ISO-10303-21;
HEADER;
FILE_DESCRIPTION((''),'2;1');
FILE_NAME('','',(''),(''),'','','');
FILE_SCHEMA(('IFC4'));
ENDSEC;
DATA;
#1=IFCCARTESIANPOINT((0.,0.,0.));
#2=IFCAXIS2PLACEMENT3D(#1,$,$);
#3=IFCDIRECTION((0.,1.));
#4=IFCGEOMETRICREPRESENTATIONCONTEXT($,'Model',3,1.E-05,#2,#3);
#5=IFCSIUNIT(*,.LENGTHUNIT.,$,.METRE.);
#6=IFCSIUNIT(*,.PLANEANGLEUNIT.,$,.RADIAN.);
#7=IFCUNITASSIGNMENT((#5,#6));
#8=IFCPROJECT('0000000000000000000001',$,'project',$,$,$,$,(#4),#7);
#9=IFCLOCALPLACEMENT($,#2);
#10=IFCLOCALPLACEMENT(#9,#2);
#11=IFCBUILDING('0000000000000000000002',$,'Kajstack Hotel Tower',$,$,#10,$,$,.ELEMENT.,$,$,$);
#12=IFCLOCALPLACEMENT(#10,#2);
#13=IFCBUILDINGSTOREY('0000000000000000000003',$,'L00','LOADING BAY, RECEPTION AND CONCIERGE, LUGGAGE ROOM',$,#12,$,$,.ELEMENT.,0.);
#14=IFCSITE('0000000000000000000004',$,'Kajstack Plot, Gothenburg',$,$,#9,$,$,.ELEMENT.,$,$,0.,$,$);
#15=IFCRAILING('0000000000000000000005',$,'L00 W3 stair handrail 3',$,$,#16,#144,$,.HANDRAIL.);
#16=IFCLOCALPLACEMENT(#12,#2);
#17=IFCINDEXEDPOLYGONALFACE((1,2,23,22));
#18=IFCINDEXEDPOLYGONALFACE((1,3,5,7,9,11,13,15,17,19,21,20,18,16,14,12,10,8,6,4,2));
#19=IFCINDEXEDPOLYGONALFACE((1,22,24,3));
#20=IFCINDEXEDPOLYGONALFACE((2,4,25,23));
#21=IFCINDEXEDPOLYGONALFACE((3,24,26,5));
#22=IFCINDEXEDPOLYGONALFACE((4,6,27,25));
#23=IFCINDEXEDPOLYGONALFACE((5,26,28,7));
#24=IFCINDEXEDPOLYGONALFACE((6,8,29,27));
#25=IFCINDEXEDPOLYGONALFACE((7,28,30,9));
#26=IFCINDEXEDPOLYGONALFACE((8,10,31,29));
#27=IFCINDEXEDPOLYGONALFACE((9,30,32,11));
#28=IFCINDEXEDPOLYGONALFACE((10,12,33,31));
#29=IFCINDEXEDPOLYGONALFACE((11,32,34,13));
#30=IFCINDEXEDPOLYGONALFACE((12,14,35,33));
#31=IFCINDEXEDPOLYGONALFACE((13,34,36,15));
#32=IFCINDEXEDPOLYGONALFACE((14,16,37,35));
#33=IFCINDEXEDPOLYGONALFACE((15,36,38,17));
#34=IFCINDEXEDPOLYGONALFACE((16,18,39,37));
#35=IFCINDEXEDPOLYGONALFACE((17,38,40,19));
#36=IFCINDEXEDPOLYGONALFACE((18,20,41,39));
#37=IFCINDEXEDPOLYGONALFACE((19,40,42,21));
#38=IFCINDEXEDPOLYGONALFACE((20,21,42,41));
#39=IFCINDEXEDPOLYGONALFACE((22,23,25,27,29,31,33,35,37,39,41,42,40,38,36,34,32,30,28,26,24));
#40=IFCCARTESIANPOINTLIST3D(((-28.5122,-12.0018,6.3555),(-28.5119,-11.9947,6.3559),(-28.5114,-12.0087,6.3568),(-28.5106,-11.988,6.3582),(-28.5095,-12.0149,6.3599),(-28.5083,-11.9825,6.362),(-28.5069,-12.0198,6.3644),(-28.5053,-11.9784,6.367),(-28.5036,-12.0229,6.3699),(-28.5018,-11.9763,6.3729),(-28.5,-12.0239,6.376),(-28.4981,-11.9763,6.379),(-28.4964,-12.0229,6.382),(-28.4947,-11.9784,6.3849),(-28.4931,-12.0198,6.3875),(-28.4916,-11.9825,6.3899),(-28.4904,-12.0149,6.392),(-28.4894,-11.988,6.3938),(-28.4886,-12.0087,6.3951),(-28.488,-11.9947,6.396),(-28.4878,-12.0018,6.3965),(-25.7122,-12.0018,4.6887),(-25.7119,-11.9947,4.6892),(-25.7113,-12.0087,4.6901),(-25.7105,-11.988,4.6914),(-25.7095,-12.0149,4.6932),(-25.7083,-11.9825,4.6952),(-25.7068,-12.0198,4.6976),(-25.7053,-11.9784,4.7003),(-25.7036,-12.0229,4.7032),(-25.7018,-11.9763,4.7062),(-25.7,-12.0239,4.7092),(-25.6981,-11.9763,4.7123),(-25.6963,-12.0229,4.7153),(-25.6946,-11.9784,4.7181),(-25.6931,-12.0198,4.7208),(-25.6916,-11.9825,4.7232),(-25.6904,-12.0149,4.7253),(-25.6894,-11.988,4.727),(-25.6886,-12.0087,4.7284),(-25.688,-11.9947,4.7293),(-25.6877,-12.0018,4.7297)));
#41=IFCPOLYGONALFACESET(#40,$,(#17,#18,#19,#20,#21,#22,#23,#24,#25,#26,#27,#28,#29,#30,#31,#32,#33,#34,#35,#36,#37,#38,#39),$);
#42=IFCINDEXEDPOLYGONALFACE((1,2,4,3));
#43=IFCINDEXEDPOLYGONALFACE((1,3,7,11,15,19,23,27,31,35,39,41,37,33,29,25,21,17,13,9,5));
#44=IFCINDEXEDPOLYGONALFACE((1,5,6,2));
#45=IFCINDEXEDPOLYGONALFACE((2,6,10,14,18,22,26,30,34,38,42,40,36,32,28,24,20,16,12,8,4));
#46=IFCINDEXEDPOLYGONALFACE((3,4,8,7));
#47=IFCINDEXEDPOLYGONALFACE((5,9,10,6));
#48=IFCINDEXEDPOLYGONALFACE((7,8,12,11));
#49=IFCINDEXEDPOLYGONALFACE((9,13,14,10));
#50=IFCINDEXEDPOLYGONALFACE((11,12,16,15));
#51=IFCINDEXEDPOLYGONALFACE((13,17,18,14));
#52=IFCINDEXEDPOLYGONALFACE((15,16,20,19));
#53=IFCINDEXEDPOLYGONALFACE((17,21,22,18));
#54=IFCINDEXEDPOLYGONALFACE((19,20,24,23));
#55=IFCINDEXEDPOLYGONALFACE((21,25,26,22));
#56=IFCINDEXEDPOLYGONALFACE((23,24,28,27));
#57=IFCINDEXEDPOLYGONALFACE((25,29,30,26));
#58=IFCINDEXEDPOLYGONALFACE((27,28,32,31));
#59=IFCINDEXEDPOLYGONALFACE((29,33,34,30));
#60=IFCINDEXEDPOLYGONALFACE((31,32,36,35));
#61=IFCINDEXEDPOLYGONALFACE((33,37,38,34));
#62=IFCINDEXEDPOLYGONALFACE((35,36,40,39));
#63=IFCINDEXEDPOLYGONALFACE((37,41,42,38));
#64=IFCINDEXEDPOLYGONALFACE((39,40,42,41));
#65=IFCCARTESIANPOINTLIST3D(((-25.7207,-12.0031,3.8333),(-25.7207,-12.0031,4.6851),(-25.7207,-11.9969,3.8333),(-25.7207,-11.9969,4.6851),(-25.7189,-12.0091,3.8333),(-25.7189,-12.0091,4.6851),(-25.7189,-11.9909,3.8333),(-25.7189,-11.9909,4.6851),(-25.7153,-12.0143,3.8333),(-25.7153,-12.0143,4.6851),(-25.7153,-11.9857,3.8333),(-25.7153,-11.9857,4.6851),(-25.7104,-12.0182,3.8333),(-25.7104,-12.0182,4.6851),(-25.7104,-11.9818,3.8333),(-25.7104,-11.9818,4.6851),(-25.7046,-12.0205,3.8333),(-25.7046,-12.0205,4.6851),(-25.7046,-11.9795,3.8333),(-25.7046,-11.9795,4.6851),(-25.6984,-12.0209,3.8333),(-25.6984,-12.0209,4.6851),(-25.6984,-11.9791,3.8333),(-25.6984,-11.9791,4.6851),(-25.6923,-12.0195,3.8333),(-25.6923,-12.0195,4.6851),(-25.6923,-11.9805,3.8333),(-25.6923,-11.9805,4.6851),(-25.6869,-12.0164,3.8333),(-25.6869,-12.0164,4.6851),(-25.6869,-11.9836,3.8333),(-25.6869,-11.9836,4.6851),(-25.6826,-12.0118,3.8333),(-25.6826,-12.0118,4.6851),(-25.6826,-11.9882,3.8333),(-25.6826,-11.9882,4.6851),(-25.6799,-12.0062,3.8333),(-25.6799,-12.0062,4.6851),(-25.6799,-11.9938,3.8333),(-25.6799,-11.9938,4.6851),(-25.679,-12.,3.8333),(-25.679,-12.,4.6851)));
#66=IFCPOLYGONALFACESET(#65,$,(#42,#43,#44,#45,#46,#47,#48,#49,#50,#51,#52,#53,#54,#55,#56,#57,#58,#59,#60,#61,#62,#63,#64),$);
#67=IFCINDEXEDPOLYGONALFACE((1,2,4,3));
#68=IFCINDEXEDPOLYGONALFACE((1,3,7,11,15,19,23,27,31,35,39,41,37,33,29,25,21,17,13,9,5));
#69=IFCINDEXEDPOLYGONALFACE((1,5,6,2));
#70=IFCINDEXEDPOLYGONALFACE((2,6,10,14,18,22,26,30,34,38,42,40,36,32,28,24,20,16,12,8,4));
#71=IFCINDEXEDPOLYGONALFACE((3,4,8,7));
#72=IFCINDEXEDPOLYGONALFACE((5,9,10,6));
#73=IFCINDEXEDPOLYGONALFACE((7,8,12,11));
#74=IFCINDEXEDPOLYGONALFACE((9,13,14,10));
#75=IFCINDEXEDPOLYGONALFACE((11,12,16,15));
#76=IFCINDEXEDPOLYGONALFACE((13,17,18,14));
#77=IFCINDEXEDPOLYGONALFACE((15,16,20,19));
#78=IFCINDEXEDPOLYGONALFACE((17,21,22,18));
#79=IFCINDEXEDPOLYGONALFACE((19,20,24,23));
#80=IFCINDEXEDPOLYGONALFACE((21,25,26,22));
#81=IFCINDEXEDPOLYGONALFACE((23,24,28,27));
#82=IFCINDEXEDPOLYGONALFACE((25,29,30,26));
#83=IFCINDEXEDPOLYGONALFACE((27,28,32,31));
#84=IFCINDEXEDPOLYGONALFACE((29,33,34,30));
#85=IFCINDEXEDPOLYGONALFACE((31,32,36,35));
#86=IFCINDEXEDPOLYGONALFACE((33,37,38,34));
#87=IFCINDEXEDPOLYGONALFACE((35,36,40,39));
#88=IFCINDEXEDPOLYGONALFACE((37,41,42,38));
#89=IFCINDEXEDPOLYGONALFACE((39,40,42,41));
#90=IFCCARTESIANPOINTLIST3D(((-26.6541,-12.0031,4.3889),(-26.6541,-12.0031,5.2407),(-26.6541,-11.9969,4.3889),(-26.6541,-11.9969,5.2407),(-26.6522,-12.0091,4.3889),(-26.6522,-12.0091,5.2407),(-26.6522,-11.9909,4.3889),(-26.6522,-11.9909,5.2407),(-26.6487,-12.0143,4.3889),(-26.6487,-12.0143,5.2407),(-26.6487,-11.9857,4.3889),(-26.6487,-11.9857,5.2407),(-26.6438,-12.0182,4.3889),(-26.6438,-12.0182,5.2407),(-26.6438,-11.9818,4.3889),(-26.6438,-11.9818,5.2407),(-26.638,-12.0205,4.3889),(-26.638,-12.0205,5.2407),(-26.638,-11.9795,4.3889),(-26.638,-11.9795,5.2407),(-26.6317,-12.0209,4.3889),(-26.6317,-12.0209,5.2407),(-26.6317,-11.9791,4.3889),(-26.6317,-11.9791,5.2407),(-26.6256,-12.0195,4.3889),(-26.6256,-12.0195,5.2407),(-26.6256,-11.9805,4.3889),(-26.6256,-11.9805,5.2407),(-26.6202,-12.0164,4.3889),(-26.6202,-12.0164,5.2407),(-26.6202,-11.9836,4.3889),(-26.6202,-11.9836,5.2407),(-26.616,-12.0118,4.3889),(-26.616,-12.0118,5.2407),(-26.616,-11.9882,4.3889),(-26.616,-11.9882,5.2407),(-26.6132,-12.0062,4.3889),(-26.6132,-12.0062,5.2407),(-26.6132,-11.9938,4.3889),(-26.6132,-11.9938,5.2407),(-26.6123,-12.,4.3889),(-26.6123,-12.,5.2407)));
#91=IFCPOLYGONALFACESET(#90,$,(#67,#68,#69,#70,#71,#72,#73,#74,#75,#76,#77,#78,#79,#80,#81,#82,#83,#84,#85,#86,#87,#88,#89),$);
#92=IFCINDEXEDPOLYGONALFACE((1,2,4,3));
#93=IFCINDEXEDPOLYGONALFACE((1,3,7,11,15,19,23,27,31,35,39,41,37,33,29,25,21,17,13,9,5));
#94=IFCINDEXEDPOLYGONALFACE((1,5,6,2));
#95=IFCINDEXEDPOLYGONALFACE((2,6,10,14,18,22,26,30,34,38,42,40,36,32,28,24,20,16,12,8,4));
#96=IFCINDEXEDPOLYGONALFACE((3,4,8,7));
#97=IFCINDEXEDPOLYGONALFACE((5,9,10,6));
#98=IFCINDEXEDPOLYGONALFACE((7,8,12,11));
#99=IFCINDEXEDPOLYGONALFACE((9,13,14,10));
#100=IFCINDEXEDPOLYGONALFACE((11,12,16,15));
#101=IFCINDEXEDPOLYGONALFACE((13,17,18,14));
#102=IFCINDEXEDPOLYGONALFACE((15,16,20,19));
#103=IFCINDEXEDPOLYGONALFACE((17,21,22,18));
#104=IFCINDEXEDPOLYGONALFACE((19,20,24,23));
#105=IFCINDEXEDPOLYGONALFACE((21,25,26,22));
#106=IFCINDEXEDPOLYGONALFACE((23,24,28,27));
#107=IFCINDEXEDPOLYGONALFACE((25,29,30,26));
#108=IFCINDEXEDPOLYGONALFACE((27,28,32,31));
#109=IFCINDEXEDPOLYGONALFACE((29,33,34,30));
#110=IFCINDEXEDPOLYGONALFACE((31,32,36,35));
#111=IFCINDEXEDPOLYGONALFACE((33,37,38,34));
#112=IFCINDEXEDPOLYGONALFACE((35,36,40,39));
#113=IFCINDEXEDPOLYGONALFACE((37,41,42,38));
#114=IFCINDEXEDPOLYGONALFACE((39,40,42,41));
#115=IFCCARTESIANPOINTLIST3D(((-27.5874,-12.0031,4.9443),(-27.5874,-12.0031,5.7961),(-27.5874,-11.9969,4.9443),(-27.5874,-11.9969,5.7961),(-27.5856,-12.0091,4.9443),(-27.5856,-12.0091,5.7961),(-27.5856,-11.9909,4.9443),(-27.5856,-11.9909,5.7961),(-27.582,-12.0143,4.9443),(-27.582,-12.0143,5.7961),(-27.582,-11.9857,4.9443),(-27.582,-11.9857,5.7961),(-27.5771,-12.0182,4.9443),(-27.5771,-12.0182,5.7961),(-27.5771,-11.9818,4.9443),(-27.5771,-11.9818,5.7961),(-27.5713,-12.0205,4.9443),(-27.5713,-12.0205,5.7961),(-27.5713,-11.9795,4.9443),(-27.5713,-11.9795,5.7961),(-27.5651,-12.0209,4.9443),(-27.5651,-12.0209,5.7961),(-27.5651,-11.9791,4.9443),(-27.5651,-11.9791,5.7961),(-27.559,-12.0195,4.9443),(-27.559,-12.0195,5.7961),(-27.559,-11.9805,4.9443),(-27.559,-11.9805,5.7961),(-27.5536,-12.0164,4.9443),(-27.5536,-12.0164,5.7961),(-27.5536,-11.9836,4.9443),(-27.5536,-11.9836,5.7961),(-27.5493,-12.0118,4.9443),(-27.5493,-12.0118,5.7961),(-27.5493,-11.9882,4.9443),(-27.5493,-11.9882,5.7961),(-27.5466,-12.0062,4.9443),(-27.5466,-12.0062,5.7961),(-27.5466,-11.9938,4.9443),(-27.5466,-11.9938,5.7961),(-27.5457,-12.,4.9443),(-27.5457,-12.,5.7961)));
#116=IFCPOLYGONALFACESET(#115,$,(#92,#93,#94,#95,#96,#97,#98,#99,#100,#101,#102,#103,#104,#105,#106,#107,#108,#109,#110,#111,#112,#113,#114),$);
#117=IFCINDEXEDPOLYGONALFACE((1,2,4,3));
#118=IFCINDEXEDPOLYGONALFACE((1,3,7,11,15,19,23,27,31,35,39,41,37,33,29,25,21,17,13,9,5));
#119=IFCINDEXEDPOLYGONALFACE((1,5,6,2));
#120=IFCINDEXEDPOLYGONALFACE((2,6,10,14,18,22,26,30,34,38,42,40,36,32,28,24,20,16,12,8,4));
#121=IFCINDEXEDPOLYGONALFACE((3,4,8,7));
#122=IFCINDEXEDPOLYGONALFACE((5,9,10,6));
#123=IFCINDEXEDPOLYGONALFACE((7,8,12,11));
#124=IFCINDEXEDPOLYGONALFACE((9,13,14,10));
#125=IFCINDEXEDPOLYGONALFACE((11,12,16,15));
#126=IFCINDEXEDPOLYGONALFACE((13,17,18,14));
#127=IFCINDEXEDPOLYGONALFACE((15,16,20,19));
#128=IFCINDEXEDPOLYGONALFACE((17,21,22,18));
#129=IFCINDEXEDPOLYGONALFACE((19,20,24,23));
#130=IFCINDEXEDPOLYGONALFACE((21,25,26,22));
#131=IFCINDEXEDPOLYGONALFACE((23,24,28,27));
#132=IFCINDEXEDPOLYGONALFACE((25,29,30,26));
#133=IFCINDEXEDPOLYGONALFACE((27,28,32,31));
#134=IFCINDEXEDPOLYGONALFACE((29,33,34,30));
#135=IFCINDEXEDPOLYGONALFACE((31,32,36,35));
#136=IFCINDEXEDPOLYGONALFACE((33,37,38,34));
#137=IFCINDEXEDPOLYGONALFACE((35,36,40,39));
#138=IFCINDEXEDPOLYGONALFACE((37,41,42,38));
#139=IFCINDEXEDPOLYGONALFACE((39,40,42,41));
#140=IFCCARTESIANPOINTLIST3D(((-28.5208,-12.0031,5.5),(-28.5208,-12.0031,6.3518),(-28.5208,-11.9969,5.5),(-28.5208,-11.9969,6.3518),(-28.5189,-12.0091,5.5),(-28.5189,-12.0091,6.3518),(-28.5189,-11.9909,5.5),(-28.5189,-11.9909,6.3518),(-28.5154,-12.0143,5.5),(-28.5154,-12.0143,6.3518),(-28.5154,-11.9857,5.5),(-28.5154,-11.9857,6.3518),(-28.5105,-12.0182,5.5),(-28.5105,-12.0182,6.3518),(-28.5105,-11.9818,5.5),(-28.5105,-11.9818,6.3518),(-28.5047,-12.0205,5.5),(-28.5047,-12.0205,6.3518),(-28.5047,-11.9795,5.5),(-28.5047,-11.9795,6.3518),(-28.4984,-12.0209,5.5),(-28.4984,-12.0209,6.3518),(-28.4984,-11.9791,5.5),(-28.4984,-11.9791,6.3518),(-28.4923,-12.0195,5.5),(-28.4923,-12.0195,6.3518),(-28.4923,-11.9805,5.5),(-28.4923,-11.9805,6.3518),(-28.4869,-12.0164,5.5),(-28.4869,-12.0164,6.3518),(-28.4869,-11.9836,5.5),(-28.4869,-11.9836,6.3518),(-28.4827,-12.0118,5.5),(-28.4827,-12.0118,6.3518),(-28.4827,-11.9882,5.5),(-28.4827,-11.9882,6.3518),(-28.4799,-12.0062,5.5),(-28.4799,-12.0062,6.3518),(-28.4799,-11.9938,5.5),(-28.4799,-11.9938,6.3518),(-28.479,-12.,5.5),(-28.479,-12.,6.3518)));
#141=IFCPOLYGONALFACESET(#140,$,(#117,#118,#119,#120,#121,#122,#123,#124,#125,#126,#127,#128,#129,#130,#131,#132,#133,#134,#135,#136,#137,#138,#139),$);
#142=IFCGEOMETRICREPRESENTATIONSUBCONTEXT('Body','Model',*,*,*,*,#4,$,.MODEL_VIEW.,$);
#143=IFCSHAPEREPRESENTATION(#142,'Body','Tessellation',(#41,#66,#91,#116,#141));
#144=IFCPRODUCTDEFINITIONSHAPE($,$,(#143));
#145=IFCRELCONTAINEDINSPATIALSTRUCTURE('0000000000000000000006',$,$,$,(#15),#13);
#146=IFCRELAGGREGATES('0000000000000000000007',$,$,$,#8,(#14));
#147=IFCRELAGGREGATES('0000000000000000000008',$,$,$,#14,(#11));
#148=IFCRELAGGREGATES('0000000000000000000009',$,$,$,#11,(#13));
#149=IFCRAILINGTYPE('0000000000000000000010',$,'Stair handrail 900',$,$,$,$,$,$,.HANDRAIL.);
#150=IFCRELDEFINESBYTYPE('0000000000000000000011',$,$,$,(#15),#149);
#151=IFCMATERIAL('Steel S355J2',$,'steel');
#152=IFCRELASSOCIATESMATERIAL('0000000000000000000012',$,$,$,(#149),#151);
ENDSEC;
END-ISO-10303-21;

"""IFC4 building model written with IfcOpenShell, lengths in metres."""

from ifc_helpers import new_model, si_unit, direction, frame, origin, origin_2d, place, context, subcontext, project, spatial, circle, extrude, material, type_object, element, save


model = new_model("IFC4")

# Units and contexts
model_context = context("Model", 3, precision=1e-05, world=origin(), true_north=direction((0.0, 1.0)))
body_context = subcontext(model_context, "Body", "Model", "MODEL_VIEW")
ifc_project = project(units=[si_unit("LENGTHUNIT", "METRE"), si_unit("PLANEANGLEUNIT", "RADIAN")], contexts=[model_context])

# Site, building, storey
site_placement = place(None, origin())
site = spatial("IfcSite", under=ifc_project, at=site_placement, Name="Kajstack Plot, Gothenburg", CompositionType="ELEMENT", RefElevation=0.0)
building_placement = place(site_placement, origin())
building = spatial("IfcBuilding", under=site, at=building_placement, Name="Kajstack Hotel Tower", CompositionType="ELEMENT")
storey_placement = place(building_placement, origin())
storey = spatial("IfcBuildingStorey", under=building, at=storey_placement, Name="L00", Description="LOADING BAY, RECEPTION AND CONCIERGE, LUGGAGE ROOM", CompositionType="ELEMENT", Elevation=0.0)

# Railing
ifc_material_1 = material(Name="Steel S355J2", Category="steel")
railing_type_1 = type_object("IfcRailingType", Name="Stair handrail 900", PredefinedType="HANDRAIL", material=ifc_material_1)
railing_1_placement = place(storey_placement, frame((-25.7, -12.0, 3.8333)))
element("IfcRailing", 1, at=railing_1_placement, inside=storey, type_object=railing_type_1, Name="L00 W3 stair handrail 3", PredefinedType="HANDRAIL", context=body_context, shape_type="SweptSolid", body=[
    extrude(circle(Radius=0.0239, at=origin_2d()), frame((0.0, 0.0, 0.876), z_axis=(-0.859286, 0.0, 0.511496), x_axis=(0.0, -1.0, 0.0)), (0.0, 0.0, 1.0), 3.2585),
    extrude(circle(Radius=0.021, at=origin_2d()), origin(), (0.0, 0.0, 1.0), 0.8518),
    extrude(circle(Radius=0.021, at=origin_2d()), frame((-0.9333, 0.0, 0.5557)), (0.0, 0.0, 1.0), 0.8518),
    extrude(circle(Radius=0.021, at=origin_2d()), frame((-1.8667, 0.0, 1.1111)), (0.0, 0.0, 1.0), 0.8518),
    extrude(circle(Radius=0.021, at=origin_2d()), frame((-2.8, 0.0, 1.6667)), (0.0, 0.0, 1.0), 0.8518),
])

save(model, "model.ifc")
